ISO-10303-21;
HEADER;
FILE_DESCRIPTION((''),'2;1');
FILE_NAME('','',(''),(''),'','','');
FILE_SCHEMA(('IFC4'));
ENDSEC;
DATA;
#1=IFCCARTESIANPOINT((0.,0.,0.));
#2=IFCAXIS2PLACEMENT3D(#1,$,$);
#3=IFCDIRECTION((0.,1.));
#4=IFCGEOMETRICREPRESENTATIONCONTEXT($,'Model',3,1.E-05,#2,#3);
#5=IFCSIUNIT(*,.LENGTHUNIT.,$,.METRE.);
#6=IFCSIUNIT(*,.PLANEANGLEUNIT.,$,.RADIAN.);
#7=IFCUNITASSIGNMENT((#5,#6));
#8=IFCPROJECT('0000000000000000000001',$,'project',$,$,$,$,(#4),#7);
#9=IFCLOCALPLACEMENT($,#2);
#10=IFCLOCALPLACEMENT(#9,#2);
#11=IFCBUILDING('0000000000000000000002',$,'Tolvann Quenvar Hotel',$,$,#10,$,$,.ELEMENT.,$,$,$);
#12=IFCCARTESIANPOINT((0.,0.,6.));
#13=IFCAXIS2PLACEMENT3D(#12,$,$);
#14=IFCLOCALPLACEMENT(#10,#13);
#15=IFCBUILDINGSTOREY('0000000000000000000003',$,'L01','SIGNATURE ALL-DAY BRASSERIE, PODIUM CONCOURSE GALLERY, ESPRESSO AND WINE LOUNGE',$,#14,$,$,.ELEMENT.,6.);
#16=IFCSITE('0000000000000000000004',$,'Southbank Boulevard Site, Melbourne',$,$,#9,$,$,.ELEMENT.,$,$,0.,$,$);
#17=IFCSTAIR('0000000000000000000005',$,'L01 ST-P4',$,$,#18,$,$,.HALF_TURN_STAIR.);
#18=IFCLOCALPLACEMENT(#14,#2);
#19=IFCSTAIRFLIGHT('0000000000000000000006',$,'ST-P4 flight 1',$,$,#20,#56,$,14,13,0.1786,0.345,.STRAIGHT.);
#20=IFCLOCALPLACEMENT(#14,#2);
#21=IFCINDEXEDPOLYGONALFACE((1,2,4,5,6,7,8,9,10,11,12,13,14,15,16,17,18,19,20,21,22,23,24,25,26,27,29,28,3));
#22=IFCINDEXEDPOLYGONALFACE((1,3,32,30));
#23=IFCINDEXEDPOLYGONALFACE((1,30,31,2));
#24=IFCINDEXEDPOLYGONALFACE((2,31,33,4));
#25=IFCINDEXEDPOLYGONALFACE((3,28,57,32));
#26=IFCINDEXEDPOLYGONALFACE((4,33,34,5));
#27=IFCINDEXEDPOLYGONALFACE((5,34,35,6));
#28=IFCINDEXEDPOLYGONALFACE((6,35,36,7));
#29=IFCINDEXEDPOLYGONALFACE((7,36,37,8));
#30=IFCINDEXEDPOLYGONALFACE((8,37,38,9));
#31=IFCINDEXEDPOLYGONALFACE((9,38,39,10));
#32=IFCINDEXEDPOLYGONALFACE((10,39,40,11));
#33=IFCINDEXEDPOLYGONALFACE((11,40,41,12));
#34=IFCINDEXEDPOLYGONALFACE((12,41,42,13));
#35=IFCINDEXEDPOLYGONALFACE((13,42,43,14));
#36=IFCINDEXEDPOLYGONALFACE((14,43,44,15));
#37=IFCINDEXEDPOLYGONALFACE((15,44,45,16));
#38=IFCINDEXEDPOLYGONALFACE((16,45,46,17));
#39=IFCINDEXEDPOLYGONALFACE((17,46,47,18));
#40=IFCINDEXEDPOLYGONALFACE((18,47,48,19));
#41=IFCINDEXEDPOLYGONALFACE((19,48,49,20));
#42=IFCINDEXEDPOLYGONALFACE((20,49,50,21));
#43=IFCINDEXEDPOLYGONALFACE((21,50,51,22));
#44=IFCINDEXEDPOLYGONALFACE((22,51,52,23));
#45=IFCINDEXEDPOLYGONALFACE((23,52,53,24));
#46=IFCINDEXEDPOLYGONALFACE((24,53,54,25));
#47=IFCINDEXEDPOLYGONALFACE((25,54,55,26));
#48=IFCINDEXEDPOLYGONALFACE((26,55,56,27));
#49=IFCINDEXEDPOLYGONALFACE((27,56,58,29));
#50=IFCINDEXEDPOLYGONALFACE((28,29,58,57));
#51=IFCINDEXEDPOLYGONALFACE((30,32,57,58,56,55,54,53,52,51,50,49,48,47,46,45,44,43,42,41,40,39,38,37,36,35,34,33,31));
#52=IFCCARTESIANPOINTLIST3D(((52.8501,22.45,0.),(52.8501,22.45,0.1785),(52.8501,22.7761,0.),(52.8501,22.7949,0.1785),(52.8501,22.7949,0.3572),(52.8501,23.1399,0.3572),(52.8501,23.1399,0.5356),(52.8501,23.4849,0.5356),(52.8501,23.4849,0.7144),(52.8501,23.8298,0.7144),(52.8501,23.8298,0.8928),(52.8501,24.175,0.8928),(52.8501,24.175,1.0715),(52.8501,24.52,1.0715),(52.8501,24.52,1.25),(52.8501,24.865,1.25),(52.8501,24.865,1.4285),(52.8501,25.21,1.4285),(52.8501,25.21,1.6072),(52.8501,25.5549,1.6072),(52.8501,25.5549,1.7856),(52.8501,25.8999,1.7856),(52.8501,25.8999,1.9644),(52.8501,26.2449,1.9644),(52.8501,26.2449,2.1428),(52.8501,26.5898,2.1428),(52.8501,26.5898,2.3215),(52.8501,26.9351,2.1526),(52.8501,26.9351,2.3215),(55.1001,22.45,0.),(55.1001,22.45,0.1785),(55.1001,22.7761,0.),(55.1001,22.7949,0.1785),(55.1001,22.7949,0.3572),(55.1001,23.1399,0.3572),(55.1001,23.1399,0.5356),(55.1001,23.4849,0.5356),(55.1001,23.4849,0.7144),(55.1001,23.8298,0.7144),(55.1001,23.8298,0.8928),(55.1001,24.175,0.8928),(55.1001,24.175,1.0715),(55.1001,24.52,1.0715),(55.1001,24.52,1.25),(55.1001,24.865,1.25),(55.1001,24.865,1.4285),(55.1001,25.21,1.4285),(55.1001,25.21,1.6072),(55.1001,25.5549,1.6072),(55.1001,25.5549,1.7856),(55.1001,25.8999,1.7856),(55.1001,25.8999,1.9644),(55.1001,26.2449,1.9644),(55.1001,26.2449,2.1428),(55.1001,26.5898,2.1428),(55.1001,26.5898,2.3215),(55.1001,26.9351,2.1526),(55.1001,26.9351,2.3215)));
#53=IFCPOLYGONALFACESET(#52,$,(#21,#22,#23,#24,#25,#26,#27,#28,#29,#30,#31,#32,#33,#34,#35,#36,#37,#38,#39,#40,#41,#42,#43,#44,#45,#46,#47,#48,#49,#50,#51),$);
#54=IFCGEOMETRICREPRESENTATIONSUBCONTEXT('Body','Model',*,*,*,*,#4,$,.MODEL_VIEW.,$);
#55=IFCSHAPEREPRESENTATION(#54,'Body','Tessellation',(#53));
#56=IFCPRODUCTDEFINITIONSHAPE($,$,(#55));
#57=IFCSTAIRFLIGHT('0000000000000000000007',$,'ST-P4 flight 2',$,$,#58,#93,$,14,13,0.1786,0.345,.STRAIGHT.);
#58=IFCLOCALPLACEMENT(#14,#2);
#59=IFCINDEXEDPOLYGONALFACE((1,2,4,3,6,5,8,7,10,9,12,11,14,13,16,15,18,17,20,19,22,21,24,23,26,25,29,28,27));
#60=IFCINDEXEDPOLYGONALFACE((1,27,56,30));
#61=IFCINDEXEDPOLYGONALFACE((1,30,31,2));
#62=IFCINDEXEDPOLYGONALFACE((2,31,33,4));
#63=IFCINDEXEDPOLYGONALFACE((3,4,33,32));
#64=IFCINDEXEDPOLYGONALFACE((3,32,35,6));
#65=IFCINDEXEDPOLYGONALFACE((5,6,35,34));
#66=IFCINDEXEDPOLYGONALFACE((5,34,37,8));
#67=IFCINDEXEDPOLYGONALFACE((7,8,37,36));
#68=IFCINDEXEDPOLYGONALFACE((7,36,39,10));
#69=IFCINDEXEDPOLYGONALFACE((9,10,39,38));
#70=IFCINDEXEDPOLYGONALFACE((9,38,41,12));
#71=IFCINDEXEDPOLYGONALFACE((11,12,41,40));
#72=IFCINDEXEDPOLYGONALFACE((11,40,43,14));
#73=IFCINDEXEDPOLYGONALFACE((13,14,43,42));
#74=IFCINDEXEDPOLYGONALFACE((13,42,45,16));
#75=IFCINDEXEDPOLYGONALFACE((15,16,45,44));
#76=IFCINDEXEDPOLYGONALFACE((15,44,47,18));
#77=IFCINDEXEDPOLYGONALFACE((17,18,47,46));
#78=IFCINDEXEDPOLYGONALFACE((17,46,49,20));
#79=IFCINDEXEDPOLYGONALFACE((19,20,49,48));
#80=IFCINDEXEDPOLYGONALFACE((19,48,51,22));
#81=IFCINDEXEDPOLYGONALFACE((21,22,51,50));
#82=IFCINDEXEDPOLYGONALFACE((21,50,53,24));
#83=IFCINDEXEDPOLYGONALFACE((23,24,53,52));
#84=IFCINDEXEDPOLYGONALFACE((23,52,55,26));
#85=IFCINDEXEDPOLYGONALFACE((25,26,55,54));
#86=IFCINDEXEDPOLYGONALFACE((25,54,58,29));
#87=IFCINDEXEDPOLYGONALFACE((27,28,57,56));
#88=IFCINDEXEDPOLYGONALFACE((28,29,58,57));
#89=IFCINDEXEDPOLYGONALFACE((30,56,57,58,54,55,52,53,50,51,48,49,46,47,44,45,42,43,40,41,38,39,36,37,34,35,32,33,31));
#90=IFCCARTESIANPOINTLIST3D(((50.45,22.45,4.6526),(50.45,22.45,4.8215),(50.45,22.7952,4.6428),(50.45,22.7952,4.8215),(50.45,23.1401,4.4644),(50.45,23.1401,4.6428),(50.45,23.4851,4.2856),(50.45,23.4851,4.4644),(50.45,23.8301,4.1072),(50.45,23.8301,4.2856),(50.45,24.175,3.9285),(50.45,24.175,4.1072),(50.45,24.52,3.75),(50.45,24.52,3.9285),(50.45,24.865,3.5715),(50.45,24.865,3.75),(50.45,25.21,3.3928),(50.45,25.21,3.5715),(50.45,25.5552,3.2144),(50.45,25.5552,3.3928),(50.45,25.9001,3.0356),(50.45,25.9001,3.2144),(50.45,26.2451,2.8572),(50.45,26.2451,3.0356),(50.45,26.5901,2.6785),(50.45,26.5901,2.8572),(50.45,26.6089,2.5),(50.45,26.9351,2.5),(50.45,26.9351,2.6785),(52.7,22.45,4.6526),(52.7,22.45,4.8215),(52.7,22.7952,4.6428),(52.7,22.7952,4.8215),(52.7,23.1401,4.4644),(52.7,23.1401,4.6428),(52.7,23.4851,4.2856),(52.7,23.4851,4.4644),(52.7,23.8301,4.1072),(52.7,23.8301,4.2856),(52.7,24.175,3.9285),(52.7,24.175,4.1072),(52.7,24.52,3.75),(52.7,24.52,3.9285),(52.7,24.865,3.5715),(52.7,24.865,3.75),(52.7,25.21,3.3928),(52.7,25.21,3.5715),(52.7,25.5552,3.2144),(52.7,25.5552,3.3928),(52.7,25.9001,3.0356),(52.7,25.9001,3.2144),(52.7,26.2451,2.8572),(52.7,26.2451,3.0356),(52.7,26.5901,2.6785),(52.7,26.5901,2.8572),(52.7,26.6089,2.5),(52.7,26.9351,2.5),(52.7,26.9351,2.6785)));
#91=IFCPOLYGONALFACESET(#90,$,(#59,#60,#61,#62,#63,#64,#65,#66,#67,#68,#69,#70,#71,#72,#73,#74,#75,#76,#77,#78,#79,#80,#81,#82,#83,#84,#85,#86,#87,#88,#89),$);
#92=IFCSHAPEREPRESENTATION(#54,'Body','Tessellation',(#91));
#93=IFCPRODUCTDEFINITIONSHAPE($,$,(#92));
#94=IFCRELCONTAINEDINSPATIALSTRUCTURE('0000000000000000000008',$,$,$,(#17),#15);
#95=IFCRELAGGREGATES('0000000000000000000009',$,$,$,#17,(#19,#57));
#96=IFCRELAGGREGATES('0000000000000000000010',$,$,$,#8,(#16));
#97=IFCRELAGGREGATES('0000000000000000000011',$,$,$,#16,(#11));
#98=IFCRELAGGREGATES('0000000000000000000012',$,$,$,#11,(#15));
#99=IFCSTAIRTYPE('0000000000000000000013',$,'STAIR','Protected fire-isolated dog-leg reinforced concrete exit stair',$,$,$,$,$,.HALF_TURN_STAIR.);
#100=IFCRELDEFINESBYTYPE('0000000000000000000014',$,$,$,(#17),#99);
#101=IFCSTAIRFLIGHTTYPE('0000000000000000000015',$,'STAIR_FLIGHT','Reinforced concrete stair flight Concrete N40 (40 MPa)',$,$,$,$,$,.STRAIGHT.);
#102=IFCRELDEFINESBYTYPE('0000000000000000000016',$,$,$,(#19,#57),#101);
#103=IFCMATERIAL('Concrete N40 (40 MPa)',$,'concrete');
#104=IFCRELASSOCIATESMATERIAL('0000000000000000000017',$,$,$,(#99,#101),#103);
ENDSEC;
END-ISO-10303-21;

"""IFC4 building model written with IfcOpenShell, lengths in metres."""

from ifc_helpers import new_model, si_unit, direction, frame, origin, place, context, subcontext, project, spatial, polyline, outline, extrude, material, type_object, element, aggregate, save


model = new_model("IFC4")

# Units and contexts
model_context = context("Model", 3, precision=1e-05, world=origin(), true_north=direction((0.0, 1.0)))
body_context = subcontext(model_context, "Body", "Model", "MODEL_VIEW")
ifc_project = project(units=[si_unit("LENGTHUNIT", "METRE"), si_unit("PLANEANGLEUNIT", "RADIAN")], contexts=[model_context])

# Site, building, storey
site_placement = place(None, origin())
site = spatial("IfcSite", under=ifc_project, at=site_placement, Name="Southbank Boulevard Site, Melbourne", CompositionType="ELEMENT", RefElevation=0.0)
building_placement = place(site_placement, origin())
building = spatial("IfcBuilding", under=site, at=building_placement, Name="Tolvann Quenvar Hotel", CompositionType="ELEMENT")
storey_placement = place(building_placement, frame((0.0, 0.0, 6.0)))
storey = spatial("IfcBuildingStorey", under=building, at=storey_placement, Name="L01", Description="SIGNATURE ALL-DAY BRASSERIE, PODIUM CONCOURSE GALLERY, ESPRESSO AND WINE LOUNGE", CompositionType="ELEMENT", Elevation=6.0)

# Stair, stair flights
ifc_material_1 = material(Name="Concrete N40 (40 MPa)", Category="concrete")
stair_type = type_object("IfcStairType", Name="STAIR", Description="Protected fire-isolated dog-leg reinforced concrete exit stair", PredefinedType="HALF_TURN_STAIR", material=ifc_material_1)
stair_placement = place(storey_placement, origin())
stair = element("IfcStair", 1, at=stair_placement, inside=storey, type_object=stair_type, Name="L01 ST-P4", PredefinedType="HALF_TURN_STAIR")
stair_flight_type = type_object("IfcStairFlightType", Name="STAIR_FLIGHT", Description="Reinforced concrete stair flight Concrete N40 (40 MPa)", PredefinedType="STRAIGHT", material=ifc_material_1)
stair_flight_1_placement = place(storey_placement, frame((53.9751, 22.45, 0.0), z_axis=(0.0, 0.0, 1.0), x_axis=(0.0, 1.0, 0.0)))
stair_flight_1 = element("IfcStairFlight", 2, at=stair_flight_1_placement, type_object=stair_flight_type, Name="ST-P4 flight 1", NumberOfRisers=14, NumberOfTreads=13, PredefinedType="STRAIGHT", RiserHeight=0.1786, TreadLength=0.345, context=body_context, shape_type="SweptSolid", body=[
    extrude(outline(polyline([(0.0, 0.0), (0.0, 0.1785), (0.345, 0.1785), (0.345, 0.3572), (0.6899, 0.3572), (0.6899, 0.5356), (1.0349, 0.5356), (1.0349, 0.7144), (1.3799, 0.7144), (1.3799, 0.8928), (1.7251, 0.8928), (1.7251, 1.0715), (2.0701, 1.0715), (2.0701, 1.25), (2.415, 1.25), (2.415, 1.4285), (2.76, 1.4285), (2.76, 1.6072), (3.105, 1.6072), (3.105, 1.7856), (3.45, 1.7856), (3.45, 1.9644), (3.7949, 1.9644), (3.7949, 2.1428), (4.1399, 2.1428), (4.1399, 2.3215), (4.4851, 2.3215), (4.4851, 2.5), (4.4851, 2.1526), (0.3262, 0.0), (0.0, 0.0)])), frame((0.0, 1.125, 0.0), z_axis=(0.0, -1.0, 0.0), x_axis=(1.0, 0.0, 0.0)), (0.0, 0.0, 1.0), 2.25),
])
stair_flight_2_placement = place(storey_placement, frame((51.575, 26.9351, 2.5), z_axis=(0.0, 0.0, 1.0), x_axis=(0.0, -1.0, 0.0)))
stair_flight_2 = element("IfcStairFlight", 3, at=stair_flight_2_placement, type_object=stair_flight_type, Name="ST-P4 flight 2", NumberOfRisers=14, NumberOfTreads=13, PredefinedType="STRAIGHT", RiserHeight=0.1786, TreadLength=0.345, context=body_context, shape_type="SweptSolid", body=[
    extrude(outline(polyline([(0.0, 0.0), (0.0, 0.1785), (0.345, 0.1785), (0.345, 0.3572), (0.6899, 0.3572), (0.6899, 0.5356), (1.0349, 0.5356), (1.0349, 0.7144), (1.3799, 0.7144), (1.3799, 0.8928), (1.7251, 0.8928), (1.7251, 1.0715), (2.0701, 1.0715), (2.0701, 1.25), (2.415, 1.25), (2.415, 1.4285), (2.76, 1.4285), (2.76, 1.6072), (3.105, 1.6072), (3.105, 1.7856), (3.45, 1.7856), (3.45, 1.9644), (3.7949, 1.9644), (3.7949, 2.1428), (4.1399, 2.1428), (4.1399, 2.3215), (4.4851, 2.3215), (4.4851, 2.5), (4.4851, 2.1526), (0.3262, 0.0), (0.0, 0.0)])), frame((0.0, 1.125, 0.0), z_axis=(0.0, -1.0, 0.0), x_axis=(1.0, 0.0, 0.0)), (0.0, 0.0, 1.0), 2.25),
])
aggregate(stair, [stair_flight_1, stair_flight_2])

save(model, "model.ifc")
